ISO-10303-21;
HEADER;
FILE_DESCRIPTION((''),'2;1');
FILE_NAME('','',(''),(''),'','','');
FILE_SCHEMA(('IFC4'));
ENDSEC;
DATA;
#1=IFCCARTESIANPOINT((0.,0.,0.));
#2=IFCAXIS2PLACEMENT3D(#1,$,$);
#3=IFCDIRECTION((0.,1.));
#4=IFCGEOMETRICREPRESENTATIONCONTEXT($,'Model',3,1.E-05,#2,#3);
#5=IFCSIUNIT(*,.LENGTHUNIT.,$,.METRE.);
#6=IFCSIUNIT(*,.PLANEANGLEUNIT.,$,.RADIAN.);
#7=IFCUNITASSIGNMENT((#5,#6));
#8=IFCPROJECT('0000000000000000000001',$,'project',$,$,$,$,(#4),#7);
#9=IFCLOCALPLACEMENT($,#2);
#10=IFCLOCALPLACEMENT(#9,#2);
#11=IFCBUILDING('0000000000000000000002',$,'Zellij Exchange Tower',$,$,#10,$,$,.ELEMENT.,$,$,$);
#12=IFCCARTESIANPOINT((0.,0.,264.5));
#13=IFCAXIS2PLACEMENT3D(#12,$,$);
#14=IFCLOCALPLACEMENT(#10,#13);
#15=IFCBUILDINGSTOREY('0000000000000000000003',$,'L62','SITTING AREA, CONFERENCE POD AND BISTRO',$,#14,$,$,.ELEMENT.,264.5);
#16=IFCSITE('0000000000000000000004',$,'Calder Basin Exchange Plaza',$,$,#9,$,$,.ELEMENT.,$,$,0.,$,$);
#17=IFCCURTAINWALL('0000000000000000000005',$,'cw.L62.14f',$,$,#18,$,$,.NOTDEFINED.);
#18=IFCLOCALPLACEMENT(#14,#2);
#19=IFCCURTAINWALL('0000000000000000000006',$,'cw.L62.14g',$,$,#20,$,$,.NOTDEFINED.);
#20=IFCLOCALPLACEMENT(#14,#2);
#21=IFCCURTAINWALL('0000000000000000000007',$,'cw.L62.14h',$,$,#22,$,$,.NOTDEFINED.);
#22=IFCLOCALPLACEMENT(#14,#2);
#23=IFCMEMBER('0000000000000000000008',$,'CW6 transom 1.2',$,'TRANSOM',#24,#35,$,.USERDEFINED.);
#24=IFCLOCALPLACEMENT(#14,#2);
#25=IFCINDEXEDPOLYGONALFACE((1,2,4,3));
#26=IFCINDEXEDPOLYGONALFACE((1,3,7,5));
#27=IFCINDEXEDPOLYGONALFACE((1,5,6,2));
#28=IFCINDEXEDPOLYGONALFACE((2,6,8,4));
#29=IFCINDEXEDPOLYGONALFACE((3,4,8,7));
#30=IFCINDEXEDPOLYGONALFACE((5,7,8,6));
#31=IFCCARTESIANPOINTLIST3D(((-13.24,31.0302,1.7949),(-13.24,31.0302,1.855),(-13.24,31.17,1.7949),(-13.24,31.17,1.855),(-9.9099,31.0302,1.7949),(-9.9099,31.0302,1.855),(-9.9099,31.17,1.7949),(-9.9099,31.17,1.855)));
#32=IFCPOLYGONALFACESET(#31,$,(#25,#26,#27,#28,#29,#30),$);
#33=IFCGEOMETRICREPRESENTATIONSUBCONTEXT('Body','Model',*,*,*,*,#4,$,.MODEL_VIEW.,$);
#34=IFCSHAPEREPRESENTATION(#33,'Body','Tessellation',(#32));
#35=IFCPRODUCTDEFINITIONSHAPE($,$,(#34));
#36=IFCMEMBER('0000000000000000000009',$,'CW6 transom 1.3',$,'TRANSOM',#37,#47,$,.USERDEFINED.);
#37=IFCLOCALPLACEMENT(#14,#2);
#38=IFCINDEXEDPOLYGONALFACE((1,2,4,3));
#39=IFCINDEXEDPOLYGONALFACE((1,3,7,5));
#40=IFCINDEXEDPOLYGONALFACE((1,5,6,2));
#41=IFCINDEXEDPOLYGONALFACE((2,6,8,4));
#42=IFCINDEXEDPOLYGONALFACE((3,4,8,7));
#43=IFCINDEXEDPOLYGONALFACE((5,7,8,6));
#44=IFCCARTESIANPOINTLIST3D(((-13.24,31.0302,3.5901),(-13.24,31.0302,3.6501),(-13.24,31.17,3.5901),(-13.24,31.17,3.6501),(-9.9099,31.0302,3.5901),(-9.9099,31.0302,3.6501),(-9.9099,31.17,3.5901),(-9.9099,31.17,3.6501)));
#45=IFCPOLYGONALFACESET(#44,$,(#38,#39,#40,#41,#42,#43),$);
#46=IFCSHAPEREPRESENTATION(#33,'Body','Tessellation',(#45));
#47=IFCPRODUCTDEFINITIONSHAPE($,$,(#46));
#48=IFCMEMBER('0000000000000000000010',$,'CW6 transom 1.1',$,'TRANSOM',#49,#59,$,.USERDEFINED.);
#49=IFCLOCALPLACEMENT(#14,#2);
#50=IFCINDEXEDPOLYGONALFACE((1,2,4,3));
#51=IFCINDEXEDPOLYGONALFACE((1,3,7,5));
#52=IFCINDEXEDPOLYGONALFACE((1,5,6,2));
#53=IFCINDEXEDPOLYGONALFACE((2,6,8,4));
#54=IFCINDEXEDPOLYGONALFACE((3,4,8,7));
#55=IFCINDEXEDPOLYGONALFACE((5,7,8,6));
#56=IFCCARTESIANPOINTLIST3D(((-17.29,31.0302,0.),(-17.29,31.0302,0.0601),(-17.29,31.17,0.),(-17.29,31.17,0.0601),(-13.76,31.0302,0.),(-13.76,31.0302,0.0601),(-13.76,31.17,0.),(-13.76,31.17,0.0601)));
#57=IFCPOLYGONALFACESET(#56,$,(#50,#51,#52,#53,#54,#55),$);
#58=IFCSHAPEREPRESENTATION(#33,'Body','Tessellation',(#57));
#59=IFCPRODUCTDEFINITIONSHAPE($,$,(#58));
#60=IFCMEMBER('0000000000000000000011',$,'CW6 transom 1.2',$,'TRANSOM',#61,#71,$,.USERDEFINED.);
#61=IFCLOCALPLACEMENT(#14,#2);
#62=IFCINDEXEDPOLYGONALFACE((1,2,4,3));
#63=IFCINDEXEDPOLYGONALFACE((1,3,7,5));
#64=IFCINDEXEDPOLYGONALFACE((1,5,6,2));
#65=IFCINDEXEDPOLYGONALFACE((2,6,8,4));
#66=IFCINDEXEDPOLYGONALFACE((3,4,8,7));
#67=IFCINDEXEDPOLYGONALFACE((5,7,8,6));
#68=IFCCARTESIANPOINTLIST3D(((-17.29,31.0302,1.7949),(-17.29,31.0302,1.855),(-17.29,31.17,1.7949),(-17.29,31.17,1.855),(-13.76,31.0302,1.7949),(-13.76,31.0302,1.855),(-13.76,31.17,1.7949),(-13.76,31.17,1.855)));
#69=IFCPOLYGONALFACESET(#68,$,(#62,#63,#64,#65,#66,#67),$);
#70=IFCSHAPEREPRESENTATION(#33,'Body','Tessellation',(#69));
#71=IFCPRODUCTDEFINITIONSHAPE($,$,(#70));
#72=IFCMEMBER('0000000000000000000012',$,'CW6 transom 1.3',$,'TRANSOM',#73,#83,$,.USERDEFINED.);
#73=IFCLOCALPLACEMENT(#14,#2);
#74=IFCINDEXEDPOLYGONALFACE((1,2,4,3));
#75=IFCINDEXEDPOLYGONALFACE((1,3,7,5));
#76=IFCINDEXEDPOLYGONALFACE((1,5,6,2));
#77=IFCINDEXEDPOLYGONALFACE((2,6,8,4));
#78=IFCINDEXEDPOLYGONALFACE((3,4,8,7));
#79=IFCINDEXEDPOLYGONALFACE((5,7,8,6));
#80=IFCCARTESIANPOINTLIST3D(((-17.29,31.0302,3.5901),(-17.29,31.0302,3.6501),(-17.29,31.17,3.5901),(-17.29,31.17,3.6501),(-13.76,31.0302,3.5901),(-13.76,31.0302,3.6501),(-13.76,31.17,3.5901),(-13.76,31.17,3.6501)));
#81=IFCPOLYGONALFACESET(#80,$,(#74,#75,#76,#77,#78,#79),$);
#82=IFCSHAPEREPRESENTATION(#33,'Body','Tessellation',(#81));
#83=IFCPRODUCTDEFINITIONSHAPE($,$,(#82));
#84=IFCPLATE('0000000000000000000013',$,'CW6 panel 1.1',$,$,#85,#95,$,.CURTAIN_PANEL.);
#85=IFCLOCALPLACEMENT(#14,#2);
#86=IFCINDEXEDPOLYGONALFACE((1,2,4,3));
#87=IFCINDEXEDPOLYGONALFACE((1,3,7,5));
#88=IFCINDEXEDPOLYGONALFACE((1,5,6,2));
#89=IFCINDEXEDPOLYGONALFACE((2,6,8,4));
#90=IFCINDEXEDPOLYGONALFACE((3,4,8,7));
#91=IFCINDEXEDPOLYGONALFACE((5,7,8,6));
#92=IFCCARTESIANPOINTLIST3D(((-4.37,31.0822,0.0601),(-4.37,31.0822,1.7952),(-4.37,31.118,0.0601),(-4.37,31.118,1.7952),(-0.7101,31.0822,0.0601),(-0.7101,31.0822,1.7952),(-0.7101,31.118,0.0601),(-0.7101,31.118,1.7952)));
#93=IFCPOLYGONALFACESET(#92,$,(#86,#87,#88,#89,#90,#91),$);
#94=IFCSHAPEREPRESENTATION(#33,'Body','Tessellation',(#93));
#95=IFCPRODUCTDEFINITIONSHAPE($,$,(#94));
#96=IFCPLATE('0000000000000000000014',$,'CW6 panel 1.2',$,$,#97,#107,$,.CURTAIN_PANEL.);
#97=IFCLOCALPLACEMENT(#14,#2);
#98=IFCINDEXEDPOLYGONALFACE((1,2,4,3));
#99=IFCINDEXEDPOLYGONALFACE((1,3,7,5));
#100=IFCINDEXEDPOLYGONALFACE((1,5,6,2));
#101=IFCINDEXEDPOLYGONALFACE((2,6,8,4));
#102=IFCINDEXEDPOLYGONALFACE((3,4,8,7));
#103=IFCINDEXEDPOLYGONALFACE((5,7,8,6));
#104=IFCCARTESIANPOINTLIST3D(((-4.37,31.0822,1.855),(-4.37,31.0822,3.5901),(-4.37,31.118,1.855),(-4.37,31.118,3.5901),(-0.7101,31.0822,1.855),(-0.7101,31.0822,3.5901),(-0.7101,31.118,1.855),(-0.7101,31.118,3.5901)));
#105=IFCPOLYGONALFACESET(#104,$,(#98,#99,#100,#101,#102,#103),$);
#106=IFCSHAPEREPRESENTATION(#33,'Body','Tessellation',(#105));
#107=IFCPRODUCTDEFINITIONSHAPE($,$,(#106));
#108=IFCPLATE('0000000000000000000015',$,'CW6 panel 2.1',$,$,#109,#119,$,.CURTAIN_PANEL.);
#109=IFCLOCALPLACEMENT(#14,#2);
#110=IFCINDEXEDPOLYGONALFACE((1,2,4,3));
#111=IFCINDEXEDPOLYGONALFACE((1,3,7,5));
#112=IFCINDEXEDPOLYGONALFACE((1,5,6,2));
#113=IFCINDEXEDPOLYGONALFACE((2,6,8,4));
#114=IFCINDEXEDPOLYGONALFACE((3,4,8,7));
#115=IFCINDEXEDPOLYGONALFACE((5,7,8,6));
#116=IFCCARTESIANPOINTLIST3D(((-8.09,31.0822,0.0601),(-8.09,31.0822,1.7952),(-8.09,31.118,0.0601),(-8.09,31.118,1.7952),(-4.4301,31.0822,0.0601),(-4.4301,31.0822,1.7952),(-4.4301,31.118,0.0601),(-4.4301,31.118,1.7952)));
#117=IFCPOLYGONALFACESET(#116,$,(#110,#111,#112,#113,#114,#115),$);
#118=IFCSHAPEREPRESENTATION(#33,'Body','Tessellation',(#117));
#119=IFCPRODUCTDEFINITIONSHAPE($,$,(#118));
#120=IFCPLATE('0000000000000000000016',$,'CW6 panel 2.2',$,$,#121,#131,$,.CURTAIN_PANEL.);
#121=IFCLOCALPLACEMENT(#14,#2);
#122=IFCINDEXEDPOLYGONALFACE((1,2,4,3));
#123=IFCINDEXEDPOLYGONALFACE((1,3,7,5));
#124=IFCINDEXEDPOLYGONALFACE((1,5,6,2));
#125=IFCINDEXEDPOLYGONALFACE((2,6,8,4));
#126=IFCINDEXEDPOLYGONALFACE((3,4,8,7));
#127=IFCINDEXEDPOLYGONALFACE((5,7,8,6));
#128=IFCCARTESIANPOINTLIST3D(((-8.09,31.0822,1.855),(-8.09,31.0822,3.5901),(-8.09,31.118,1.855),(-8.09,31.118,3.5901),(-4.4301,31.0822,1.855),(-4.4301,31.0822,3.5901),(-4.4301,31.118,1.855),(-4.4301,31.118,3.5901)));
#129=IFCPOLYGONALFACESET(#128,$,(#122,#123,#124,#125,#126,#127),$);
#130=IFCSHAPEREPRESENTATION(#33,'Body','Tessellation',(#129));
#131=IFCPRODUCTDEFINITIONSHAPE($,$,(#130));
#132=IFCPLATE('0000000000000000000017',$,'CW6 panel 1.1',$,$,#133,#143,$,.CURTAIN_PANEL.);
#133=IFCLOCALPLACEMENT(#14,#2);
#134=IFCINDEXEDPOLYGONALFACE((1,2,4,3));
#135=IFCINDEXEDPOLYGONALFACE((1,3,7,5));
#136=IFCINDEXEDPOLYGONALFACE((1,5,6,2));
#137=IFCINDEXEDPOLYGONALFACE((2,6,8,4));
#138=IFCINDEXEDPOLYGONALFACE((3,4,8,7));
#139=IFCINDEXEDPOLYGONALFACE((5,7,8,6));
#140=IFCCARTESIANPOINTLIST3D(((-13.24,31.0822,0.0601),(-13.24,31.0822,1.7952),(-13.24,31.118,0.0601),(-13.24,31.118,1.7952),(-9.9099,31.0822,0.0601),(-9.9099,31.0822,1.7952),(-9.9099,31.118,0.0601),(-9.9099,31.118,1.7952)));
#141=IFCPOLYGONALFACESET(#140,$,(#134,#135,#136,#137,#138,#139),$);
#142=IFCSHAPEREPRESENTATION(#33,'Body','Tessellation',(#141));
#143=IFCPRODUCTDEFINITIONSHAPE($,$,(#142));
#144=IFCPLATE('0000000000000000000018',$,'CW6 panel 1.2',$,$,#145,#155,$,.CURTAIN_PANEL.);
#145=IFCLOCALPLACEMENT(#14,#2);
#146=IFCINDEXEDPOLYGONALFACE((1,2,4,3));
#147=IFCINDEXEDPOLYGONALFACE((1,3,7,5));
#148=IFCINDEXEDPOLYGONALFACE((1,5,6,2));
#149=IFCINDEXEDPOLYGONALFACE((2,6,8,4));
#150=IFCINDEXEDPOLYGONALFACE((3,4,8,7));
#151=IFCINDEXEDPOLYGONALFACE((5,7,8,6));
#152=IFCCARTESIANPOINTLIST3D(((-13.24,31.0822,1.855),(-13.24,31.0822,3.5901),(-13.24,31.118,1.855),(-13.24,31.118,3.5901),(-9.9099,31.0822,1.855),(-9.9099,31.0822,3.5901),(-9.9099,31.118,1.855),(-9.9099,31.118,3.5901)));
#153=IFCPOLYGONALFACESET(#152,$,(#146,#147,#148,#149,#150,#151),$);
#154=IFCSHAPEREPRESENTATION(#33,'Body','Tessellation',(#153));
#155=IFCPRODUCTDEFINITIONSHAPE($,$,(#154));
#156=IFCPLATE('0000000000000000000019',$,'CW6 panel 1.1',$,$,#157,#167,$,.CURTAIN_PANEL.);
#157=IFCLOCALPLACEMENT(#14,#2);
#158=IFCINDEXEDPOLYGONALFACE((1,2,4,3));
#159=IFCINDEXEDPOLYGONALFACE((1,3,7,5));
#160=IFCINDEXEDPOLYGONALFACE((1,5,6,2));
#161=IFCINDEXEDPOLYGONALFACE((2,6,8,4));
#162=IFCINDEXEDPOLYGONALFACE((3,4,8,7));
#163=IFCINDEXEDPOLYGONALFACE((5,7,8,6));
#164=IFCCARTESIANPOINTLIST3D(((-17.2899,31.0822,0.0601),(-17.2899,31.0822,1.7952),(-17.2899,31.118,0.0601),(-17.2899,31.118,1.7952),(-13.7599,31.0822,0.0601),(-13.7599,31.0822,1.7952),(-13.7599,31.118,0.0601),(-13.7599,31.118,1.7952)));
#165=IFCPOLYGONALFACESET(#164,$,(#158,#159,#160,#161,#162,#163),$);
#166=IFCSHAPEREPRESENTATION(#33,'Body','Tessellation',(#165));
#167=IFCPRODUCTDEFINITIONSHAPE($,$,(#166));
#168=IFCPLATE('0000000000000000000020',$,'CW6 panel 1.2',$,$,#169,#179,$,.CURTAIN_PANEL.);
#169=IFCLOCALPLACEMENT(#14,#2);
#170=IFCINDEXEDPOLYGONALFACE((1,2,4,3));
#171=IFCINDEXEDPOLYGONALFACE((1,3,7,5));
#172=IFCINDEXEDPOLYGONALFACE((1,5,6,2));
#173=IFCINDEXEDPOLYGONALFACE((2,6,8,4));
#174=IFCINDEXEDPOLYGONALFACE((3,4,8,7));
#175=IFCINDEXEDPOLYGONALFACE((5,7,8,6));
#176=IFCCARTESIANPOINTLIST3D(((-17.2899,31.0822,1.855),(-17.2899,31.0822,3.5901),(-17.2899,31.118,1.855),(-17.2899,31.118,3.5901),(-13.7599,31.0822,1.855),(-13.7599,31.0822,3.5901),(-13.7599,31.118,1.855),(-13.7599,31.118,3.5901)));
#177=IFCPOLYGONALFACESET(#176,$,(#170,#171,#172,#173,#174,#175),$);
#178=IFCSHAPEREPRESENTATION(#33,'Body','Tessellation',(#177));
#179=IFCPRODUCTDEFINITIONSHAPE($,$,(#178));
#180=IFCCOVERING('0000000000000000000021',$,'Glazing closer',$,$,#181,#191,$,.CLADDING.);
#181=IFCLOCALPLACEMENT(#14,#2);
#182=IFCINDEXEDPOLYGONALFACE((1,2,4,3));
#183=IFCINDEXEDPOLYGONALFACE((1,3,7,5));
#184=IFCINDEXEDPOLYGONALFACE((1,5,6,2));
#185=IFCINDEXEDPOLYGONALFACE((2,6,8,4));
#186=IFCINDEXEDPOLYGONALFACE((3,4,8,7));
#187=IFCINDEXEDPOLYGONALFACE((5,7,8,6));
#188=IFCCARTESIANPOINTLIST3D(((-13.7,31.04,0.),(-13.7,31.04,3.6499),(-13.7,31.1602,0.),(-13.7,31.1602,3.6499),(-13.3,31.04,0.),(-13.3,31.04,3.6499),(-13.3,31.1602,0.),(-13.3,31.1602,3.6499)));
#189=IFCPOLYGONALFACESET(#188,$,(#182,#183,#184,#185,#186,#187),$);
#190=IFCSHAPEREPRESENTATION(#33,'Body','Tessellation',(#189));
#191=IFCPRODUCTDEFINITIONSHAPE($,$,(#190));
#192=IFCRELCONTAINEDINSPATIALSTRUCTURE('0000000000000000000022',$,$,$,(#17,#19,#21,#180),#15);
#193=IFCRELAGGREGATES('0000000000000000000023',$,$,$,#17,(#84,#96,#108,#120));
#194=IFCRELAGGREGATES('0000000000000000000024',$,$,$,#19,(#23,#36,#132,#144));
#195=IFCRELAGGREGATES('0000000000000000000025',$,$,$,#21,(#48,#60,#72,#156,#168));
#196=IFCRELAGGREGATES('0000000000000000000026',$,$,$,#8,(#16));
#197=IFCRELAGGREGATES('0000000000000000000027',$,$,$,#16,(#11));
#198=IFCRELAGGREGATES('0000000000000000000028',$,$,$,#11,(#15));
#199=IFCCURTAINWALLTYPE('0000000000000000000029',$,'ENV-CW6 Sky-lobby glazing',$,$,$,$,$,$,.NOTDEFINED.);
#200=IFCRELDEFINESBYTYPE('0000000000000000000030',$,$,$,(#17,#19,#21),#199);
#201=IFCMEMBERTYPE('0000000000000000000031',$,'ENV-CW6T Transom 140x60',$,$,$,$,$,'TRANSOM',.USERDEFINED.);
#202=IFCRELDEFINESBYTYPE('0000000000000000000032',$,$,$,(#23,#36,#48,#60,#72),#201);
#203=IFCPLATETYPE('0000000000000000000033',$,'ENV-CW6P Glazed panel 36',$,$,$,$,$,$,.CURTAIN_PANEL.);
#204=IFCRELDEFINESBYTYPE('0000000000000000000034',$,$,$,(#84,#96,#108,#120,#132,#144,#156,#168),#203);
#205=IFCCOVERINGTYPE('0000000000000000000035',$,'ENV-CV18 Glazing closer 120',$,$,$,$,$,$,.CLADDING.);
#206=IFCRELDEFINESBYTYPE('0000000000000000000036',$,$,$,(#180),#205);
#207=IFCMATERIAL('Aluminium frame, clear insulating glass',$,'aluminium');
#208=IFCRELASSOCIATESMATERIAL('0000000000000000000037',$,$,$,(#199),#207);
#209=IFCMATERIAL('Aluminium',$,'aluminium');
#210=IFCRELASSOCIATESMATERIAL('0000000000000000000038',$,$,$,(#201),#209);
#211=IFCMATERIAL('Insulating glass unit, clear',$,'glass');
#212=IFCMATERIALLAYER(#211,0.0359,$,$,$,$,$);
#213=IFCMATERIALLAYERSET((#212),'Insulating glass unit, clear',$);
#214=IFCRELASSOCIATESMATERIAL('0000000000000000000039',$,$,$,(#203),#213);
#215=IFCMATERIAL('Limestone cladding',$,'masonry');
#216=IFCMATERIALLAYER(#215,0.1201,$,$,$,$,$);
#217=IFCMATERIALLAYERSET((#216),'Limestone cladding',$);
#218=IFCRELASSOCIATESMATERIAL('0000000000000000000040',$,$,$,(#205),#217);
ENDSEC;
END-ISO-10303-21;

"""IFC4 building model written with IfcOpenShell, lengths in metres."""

from ifc_helpers import new_model, si_unit, direction, frame, origin, origin_2d, place, context, subcontext, project, spatial, rectangle, extrude, material, layer, layer_set, material_profile, profile_set, type_object, element, aggregate, save


model = new_model("IFC4")

# Units and contexts
model_context = context("Model", 3, precision=1e-05, world=origin(), true_north=direction((0.0, 1.0)))
body_context = subcontext(model_context, "Body", "Model", "MODEL_VIEW")
ifc_project = project(units=[si_unit("LENGTHUNIT", "METRE"), si_unit("PLANEANGLEUNIT", "RADIAN")], contexts=[model_context])

# Site, building, storey
site_placement = place(None, origin())
site = spatial("IfcSite", under=ifc_project, at=site_placement, Name="Calder Basin Exchange Plaza", CompositionType="ELEMENT", RefElevation=0.0)
building_placement = place(site_placement, origin())
building = spatial("IfcBuilding", under=site, at=building_placement, Name="Zellij Exchange Tower", CompositionType="ELEMENT")
storey_placement = place(building_placement, frame((0.0, 0.0, 264.5)))
storey = spatial("IfcBuildingStorey", under=building, at=storey_placement, Name="L62", Description="SITTING AREA, CONFERENCE POD AND BISTRO", CompositionType="ELEMENT", Elevation=264.5)

# Curtain walls
ifc_material_1 = material(Name="Aluminium frame, clear insulating glass", Category="aluminium")
curtain_wall_type = type_object("IfcCurtainWallType", Name="ENV-CW6 Sky-lobby glazing", PredefinedType="NOTDEFINED", material=ifc_material_1)
curtain_wall_1_placement = place(storey_placement, origin())
curtain_wall_1 = element("IfcCurtainWall", 1, at=curtain_wall_1_placement, inside=storey, type_object=curtain_wall_type, Name="cw.L62.14f", PredefinedType="NOTDEFINED")
ifc_material_2 = material(Name="Aluminium", Category="aluminium")
curtain_wall_2_placement = place(storey_placement, origin())
curtain_wall_2 = element("IfcCurtainWall", 2, at=curtain_wall_2_placement, inside=storey, type_object=curtain_wall_type, Name="cw.L62.14g", PredefinedType="NOTDEFINED")
curtain_wall_3_placement = place(storey_placement, origin())
curtain_wall_3 = element("IfcCurtainWall", 3, at=curtain_wall_3_placement, inside=storey, type_object=curtain_wall_type, Name="cw.L62.14h", PredefinedType="NOTDEFINED")

# Members
ifc_material_profile_1 = material_profile(ifc_material_2, rectangle(XDim=0.1399, YDim=0.0601, at=origin_2d()), Name="AL 140x60")
ifc_profile_set_1 = profile_set([ifc_material_profile_1], Name="Aluminium")
member_type_1 = type_object("IfcMemberType", Name="ENV-CW6T Transom 140x60", ElementType="TRANSOM", PredefinedType="USERDEFINED", material=ifc_profile_set_1)
member_1_placement = place(storey_placement, frame((-9.9099, 31.1001, 1.825), z_axis=(-1.0, 0.0, 0.0), x_axis=(0.0, -1.0, 0.0)))
member_1 = element("IfcMember", 4, at=member_1_placement, type_object=member_type_1, Name="CW6 transom 1.2", ObjectType="TRANSOM", PredefinedType="USERDEFINED", context=body_context, shape_type="SweptSolid", body=[
    extrude(rectangle(XDim=0.1399, YDim=0.0601, at=origin_2d()), origin(), (0.0, 0.0, 1.0), 3.3301),
])
member_2_placement = place(storey_placement, frame((-9.9099, 31.1001, 3.6201), z_axis=(-1.0, 0.0, 0.0), x_axis=(0.0, -1.0, 0.0)))
member_2 = element("IfcMember", 5, at=member_2_placement, type_object=member_type_1, Name="CW6 transom 1.3", ObjectType="TRANSOM", PredefinedType="USERDEFINED", context=body_context, shape_type="SweptSolid", body=[
    extrude(rectangle(XDim=0.1399, YDim=0.0601, at=origin_2d()), origin(), (0.0, 0.0, 1.0), 3.3301),
])
member_3_placement = place(storey_placement, frame((-13.76, 31.1001, 0.03), z_axis=(-1.0, 0.0, 0.0), x_axis=(0.0, -1.0, 0.0)))
member_3 = element("IfcMember", 6, at=member_3_placement, type_object=member_type_1, Name="CW6 transom 1.1", ObjectType="TRANSOM", PredefinedType="USERDEFINED", context=body_context, shape_type="SweptSolid", body=[
    extrude(rectangle(XDim=0.1399, YDim=0.0601, at=origin_2d()), origin(), (0.0, 0.0, 1.0), 3.53),
])
member_4_placement = place(storey_placement, frame((-13.76, 31.1001, 1.825), z_axis=(-1.0, 0.0, 0.0), x_axis=(0.0, -1.0, 0.0)))
member_4 = element("IfcMember", 7, at=member_4_placement, type_object=member_type_1, Name="CW6 transom 1.2", ObjectType="TRANSOM", PredefinedType="USERDEFINED", context=body_context, shape_type="SweptSolid", body=[
    extrude(rectangle(XDim=0.1399, YDim=0.0601, at=origin_2d()), origin(), (0.0, 0.0, 1.0), 3.53),
])
member_5_placement = place(storey_placement, frame((-13.76, 31.1001, 3.6201), z_axis=(-1.0, 0.0, 0.0), x_axis=(0.0, -1.0, 0.0)))
member_5 = element("IfcMember", 8, at=member_5_placement, type_object=member_type_1, Name="CW6 transom 1.3", ObjectType="TRANSOM", PredefinedType="USERDEFINED", context=body_context, shape_type="SweptSolid", body=[
    extrude(rectangle(XDim=0.1399, YDim=0.0601, at=origin_2d()), origin(), (0.0, 0.0, 1.0), 3.53),
])

# Plates
ifc_material_3 = material(Name="Insulating glass unit, clear", Category="glass")
ifc_layer_1 = layer(ifc_material_3, 0.0359)
ifc_layer_set_1 = layer_set([ifc_layer_1], Name="Insulating glass unit, clear")
plate_type = type_object("IfcPlateType", Name="ENV-CW6P Glazed panel 36", PredefinedType="CURTAIN_PANEL", material=ifc_layer_set_1)
plate_1_placement = place(storey_placement, frame((-2.54, 31.1001, 0.0601), z_axis=(0.0, 0.0, 1.0), x_axis=(-1.0, 0.0, 0.0)))
plate_1 = element("IfcPlate", 9, at=plate_1_placement, type_object=plate_type, Name="CW6 panel 1.1", PredefinedType="CURTAIN_PANEL", context=body_context, shape_type="SweptSolid", body=[
    extrude(rectangle(XDim=3.6599, YDim=0.0359, at=origin_2d()), origin(), (0.0, 0.0, 1.0), 1.7351),
])
plate_2_placement = place(storey_placement, frame((-2.54, 31.1001, 1.855), z_axis=(0.0, 0.0, 1.0), x_axis=(-1.0, 0.0, 0.0)))
plate_2 = element("IfcPlate", 10, at=plate_2_placement, type_object=plate_type, Name="CW6 panel 1.2", PredefinedType="CURTAIN_PANEL", context=body_context, shape_type="SweptSolid", body=[
    extrude(rectangle(XDim=3.6599, YDim=0.0359, at=origin_2d()), origin(), (0.0, 0.0, 1.0), 1.7351),
])
plate_3_placement = place(storey_placement, frame((-6.26, 31.1001, 0.0601), z_axis=(0.0, 0.0, 1.0), x_axis=(-1.0, 0.0, 0.0)))
plate_3 = element("IfcPlate", 11, at=plate_3_placement, type_object=plate_type, Name="CW6 panel 2.1", PredefinedType="CURTAIN_PANEL", context=body_context, shape_type="SweptSolid", body=[
    extrude(rectangle(XDim=3.6599, YDim=0.0359, at=origin_2d()), origin(), (0.0, 0.0, 1.0), 1.7351),
])
plate_4_placement = place(storey_placement, frame((-6.26, 31.1001, 1.855), z_axis=(0.0, 0.0, 1.0), x_axis=(-1.0, 0.0, 0.0)))
plate_4 = element("IfcPlate", 12, at=plate_4_placement, type_object=plate_type, Name="CW6 panel 2.2", PredefinedType="CURTAIN_PANEL", context=body_context, shape_type="SweptSolid", body=[
    extrude(rectangle(XDim=3.6599, YDim=0.0359, at=origin_2d()), origin(), (0.0, 0.0, 1.0), 1.7351),
])
aggregate(curtain_wall_1, [plate_1, plate_2, plate_3, plate_4])
plate_5_placement = place(storey_placement, frame((-11.575, 31.1001, 0.0601), z_axis=(0.0, 0.0, 1.0), x_axis=(-1.0, 0.0, 0.0)))
plate_5 = element("IfcPlate", 13, at=plate_5_placement, type_object=plate_type, Name="CW6 panel 1.1", PredefinedType="CURTAIN_PANEL", context=body_context, shape_type="SweptSolid", body=[
    extrude(rectangle(XDim=3.3301, YDim=0.0359, at=origin_2d()), origin(), (0.0, 0.0, 1.0), 1.7351),
])
plate_6_placement = place(storey_placement, frame((-11.575, 31.1001, 1.855), z_axis=(0.0, 0.0, 1.0), x_axis=(-1.0, 0.0, 0.0)))
plate_6 = element("IfcPlate", 14, at=plate_6_placement, type_object=plate_type, Name="CW6 panel 1.2", PredefinedType="CURTAIN_PANEL", context=body_context, shape_type="SweptSolid", body=[
    extrude(rectangle(XDim=3.3301, YDim=0.0359, at=origin_2d()), origin(), (0.0, 0.0, 1.0), 1.7351),
])
aggregate(curtain_wall_2, [member_1, member_2, plate_5, plate_6])
plate_7_placement = place(storey_placement, frame((-15.5249, 31.1001, 0.0601), z_axis=(0.0, 0.0, 1.0), x_axis=(-1.0, 0.0, 0.0)))
plate_7 = element("IfcPlate", 15, at=plate_7_placement, type_object=plate_type, Name="CW6 panel 1.1", PredefinedType="CURTAIN_PANEL", context=body_context, shape_type="SweptSolid", body=[
    extrude(rectangle(XDim=3.53, YDim=0.0359, at=origin_2d()), origin(), (0.0, 0.0, 1.0), 1.7351),
])
plate_8_placement = place(storey_placement, frame((-15.5249, 31.1001, 1.855), z_axis=(0.0, 0.0, 1.0), x_axis=(-1.0, 0.0, 0.0)))
plate_8 = element("IfcPlate", 16, at=plate_8_placement, type_object=plate_type, Name="CW6 panel 1.2", PredefinedType="CURTAIN_PANEL", context=body_context, shape_type="SweptSolid", body=[
    extrude(rectangle(XDim=3.53, YDim=0.0359, at=origin_2d()), origin(), (0.0, 0.0, 1.0), 1.7351),
])
aggregate(curtain_wall_3, [member_3, member_4, member_5, plate_7, plate_8])

# Covering
ifc_material_4 = material(Name="Limestone cladding", Category="masonry")
ifc_layer_2 = layer(ifc_material_4, 0.1201)
ifc_layer_set_2 = layer_set([ifc_layer_2], Name="Limestone cladding")
covering_type = type_object("IfcCoveringType", Name="ENV-CV18 Glazing closer 120", PredefinedType="CLADDING", material=ifc_layer_set_2)
covering_placement = place(storey_placement, frame((-13.5, 31.1001, 0.0), z_axis=(0.0, 0.0, 1.0), x_axis=(-1.0, 0.0, 0.0)))
element("IfcCovering", 17, at=covering_placement, inside=storey, type_object=covering_type, Name="Glazing closer", PredefinedType="CLADDING", context=body_context, shape_type="SweptSolid", body=[
    extrude(rectangle(XDim=0.3999, YDim=0.1201, at=origin_2d()), origin(), (0.0, 0.0, 1.0), 3.6499),
])

save(model, "model.ifc")
